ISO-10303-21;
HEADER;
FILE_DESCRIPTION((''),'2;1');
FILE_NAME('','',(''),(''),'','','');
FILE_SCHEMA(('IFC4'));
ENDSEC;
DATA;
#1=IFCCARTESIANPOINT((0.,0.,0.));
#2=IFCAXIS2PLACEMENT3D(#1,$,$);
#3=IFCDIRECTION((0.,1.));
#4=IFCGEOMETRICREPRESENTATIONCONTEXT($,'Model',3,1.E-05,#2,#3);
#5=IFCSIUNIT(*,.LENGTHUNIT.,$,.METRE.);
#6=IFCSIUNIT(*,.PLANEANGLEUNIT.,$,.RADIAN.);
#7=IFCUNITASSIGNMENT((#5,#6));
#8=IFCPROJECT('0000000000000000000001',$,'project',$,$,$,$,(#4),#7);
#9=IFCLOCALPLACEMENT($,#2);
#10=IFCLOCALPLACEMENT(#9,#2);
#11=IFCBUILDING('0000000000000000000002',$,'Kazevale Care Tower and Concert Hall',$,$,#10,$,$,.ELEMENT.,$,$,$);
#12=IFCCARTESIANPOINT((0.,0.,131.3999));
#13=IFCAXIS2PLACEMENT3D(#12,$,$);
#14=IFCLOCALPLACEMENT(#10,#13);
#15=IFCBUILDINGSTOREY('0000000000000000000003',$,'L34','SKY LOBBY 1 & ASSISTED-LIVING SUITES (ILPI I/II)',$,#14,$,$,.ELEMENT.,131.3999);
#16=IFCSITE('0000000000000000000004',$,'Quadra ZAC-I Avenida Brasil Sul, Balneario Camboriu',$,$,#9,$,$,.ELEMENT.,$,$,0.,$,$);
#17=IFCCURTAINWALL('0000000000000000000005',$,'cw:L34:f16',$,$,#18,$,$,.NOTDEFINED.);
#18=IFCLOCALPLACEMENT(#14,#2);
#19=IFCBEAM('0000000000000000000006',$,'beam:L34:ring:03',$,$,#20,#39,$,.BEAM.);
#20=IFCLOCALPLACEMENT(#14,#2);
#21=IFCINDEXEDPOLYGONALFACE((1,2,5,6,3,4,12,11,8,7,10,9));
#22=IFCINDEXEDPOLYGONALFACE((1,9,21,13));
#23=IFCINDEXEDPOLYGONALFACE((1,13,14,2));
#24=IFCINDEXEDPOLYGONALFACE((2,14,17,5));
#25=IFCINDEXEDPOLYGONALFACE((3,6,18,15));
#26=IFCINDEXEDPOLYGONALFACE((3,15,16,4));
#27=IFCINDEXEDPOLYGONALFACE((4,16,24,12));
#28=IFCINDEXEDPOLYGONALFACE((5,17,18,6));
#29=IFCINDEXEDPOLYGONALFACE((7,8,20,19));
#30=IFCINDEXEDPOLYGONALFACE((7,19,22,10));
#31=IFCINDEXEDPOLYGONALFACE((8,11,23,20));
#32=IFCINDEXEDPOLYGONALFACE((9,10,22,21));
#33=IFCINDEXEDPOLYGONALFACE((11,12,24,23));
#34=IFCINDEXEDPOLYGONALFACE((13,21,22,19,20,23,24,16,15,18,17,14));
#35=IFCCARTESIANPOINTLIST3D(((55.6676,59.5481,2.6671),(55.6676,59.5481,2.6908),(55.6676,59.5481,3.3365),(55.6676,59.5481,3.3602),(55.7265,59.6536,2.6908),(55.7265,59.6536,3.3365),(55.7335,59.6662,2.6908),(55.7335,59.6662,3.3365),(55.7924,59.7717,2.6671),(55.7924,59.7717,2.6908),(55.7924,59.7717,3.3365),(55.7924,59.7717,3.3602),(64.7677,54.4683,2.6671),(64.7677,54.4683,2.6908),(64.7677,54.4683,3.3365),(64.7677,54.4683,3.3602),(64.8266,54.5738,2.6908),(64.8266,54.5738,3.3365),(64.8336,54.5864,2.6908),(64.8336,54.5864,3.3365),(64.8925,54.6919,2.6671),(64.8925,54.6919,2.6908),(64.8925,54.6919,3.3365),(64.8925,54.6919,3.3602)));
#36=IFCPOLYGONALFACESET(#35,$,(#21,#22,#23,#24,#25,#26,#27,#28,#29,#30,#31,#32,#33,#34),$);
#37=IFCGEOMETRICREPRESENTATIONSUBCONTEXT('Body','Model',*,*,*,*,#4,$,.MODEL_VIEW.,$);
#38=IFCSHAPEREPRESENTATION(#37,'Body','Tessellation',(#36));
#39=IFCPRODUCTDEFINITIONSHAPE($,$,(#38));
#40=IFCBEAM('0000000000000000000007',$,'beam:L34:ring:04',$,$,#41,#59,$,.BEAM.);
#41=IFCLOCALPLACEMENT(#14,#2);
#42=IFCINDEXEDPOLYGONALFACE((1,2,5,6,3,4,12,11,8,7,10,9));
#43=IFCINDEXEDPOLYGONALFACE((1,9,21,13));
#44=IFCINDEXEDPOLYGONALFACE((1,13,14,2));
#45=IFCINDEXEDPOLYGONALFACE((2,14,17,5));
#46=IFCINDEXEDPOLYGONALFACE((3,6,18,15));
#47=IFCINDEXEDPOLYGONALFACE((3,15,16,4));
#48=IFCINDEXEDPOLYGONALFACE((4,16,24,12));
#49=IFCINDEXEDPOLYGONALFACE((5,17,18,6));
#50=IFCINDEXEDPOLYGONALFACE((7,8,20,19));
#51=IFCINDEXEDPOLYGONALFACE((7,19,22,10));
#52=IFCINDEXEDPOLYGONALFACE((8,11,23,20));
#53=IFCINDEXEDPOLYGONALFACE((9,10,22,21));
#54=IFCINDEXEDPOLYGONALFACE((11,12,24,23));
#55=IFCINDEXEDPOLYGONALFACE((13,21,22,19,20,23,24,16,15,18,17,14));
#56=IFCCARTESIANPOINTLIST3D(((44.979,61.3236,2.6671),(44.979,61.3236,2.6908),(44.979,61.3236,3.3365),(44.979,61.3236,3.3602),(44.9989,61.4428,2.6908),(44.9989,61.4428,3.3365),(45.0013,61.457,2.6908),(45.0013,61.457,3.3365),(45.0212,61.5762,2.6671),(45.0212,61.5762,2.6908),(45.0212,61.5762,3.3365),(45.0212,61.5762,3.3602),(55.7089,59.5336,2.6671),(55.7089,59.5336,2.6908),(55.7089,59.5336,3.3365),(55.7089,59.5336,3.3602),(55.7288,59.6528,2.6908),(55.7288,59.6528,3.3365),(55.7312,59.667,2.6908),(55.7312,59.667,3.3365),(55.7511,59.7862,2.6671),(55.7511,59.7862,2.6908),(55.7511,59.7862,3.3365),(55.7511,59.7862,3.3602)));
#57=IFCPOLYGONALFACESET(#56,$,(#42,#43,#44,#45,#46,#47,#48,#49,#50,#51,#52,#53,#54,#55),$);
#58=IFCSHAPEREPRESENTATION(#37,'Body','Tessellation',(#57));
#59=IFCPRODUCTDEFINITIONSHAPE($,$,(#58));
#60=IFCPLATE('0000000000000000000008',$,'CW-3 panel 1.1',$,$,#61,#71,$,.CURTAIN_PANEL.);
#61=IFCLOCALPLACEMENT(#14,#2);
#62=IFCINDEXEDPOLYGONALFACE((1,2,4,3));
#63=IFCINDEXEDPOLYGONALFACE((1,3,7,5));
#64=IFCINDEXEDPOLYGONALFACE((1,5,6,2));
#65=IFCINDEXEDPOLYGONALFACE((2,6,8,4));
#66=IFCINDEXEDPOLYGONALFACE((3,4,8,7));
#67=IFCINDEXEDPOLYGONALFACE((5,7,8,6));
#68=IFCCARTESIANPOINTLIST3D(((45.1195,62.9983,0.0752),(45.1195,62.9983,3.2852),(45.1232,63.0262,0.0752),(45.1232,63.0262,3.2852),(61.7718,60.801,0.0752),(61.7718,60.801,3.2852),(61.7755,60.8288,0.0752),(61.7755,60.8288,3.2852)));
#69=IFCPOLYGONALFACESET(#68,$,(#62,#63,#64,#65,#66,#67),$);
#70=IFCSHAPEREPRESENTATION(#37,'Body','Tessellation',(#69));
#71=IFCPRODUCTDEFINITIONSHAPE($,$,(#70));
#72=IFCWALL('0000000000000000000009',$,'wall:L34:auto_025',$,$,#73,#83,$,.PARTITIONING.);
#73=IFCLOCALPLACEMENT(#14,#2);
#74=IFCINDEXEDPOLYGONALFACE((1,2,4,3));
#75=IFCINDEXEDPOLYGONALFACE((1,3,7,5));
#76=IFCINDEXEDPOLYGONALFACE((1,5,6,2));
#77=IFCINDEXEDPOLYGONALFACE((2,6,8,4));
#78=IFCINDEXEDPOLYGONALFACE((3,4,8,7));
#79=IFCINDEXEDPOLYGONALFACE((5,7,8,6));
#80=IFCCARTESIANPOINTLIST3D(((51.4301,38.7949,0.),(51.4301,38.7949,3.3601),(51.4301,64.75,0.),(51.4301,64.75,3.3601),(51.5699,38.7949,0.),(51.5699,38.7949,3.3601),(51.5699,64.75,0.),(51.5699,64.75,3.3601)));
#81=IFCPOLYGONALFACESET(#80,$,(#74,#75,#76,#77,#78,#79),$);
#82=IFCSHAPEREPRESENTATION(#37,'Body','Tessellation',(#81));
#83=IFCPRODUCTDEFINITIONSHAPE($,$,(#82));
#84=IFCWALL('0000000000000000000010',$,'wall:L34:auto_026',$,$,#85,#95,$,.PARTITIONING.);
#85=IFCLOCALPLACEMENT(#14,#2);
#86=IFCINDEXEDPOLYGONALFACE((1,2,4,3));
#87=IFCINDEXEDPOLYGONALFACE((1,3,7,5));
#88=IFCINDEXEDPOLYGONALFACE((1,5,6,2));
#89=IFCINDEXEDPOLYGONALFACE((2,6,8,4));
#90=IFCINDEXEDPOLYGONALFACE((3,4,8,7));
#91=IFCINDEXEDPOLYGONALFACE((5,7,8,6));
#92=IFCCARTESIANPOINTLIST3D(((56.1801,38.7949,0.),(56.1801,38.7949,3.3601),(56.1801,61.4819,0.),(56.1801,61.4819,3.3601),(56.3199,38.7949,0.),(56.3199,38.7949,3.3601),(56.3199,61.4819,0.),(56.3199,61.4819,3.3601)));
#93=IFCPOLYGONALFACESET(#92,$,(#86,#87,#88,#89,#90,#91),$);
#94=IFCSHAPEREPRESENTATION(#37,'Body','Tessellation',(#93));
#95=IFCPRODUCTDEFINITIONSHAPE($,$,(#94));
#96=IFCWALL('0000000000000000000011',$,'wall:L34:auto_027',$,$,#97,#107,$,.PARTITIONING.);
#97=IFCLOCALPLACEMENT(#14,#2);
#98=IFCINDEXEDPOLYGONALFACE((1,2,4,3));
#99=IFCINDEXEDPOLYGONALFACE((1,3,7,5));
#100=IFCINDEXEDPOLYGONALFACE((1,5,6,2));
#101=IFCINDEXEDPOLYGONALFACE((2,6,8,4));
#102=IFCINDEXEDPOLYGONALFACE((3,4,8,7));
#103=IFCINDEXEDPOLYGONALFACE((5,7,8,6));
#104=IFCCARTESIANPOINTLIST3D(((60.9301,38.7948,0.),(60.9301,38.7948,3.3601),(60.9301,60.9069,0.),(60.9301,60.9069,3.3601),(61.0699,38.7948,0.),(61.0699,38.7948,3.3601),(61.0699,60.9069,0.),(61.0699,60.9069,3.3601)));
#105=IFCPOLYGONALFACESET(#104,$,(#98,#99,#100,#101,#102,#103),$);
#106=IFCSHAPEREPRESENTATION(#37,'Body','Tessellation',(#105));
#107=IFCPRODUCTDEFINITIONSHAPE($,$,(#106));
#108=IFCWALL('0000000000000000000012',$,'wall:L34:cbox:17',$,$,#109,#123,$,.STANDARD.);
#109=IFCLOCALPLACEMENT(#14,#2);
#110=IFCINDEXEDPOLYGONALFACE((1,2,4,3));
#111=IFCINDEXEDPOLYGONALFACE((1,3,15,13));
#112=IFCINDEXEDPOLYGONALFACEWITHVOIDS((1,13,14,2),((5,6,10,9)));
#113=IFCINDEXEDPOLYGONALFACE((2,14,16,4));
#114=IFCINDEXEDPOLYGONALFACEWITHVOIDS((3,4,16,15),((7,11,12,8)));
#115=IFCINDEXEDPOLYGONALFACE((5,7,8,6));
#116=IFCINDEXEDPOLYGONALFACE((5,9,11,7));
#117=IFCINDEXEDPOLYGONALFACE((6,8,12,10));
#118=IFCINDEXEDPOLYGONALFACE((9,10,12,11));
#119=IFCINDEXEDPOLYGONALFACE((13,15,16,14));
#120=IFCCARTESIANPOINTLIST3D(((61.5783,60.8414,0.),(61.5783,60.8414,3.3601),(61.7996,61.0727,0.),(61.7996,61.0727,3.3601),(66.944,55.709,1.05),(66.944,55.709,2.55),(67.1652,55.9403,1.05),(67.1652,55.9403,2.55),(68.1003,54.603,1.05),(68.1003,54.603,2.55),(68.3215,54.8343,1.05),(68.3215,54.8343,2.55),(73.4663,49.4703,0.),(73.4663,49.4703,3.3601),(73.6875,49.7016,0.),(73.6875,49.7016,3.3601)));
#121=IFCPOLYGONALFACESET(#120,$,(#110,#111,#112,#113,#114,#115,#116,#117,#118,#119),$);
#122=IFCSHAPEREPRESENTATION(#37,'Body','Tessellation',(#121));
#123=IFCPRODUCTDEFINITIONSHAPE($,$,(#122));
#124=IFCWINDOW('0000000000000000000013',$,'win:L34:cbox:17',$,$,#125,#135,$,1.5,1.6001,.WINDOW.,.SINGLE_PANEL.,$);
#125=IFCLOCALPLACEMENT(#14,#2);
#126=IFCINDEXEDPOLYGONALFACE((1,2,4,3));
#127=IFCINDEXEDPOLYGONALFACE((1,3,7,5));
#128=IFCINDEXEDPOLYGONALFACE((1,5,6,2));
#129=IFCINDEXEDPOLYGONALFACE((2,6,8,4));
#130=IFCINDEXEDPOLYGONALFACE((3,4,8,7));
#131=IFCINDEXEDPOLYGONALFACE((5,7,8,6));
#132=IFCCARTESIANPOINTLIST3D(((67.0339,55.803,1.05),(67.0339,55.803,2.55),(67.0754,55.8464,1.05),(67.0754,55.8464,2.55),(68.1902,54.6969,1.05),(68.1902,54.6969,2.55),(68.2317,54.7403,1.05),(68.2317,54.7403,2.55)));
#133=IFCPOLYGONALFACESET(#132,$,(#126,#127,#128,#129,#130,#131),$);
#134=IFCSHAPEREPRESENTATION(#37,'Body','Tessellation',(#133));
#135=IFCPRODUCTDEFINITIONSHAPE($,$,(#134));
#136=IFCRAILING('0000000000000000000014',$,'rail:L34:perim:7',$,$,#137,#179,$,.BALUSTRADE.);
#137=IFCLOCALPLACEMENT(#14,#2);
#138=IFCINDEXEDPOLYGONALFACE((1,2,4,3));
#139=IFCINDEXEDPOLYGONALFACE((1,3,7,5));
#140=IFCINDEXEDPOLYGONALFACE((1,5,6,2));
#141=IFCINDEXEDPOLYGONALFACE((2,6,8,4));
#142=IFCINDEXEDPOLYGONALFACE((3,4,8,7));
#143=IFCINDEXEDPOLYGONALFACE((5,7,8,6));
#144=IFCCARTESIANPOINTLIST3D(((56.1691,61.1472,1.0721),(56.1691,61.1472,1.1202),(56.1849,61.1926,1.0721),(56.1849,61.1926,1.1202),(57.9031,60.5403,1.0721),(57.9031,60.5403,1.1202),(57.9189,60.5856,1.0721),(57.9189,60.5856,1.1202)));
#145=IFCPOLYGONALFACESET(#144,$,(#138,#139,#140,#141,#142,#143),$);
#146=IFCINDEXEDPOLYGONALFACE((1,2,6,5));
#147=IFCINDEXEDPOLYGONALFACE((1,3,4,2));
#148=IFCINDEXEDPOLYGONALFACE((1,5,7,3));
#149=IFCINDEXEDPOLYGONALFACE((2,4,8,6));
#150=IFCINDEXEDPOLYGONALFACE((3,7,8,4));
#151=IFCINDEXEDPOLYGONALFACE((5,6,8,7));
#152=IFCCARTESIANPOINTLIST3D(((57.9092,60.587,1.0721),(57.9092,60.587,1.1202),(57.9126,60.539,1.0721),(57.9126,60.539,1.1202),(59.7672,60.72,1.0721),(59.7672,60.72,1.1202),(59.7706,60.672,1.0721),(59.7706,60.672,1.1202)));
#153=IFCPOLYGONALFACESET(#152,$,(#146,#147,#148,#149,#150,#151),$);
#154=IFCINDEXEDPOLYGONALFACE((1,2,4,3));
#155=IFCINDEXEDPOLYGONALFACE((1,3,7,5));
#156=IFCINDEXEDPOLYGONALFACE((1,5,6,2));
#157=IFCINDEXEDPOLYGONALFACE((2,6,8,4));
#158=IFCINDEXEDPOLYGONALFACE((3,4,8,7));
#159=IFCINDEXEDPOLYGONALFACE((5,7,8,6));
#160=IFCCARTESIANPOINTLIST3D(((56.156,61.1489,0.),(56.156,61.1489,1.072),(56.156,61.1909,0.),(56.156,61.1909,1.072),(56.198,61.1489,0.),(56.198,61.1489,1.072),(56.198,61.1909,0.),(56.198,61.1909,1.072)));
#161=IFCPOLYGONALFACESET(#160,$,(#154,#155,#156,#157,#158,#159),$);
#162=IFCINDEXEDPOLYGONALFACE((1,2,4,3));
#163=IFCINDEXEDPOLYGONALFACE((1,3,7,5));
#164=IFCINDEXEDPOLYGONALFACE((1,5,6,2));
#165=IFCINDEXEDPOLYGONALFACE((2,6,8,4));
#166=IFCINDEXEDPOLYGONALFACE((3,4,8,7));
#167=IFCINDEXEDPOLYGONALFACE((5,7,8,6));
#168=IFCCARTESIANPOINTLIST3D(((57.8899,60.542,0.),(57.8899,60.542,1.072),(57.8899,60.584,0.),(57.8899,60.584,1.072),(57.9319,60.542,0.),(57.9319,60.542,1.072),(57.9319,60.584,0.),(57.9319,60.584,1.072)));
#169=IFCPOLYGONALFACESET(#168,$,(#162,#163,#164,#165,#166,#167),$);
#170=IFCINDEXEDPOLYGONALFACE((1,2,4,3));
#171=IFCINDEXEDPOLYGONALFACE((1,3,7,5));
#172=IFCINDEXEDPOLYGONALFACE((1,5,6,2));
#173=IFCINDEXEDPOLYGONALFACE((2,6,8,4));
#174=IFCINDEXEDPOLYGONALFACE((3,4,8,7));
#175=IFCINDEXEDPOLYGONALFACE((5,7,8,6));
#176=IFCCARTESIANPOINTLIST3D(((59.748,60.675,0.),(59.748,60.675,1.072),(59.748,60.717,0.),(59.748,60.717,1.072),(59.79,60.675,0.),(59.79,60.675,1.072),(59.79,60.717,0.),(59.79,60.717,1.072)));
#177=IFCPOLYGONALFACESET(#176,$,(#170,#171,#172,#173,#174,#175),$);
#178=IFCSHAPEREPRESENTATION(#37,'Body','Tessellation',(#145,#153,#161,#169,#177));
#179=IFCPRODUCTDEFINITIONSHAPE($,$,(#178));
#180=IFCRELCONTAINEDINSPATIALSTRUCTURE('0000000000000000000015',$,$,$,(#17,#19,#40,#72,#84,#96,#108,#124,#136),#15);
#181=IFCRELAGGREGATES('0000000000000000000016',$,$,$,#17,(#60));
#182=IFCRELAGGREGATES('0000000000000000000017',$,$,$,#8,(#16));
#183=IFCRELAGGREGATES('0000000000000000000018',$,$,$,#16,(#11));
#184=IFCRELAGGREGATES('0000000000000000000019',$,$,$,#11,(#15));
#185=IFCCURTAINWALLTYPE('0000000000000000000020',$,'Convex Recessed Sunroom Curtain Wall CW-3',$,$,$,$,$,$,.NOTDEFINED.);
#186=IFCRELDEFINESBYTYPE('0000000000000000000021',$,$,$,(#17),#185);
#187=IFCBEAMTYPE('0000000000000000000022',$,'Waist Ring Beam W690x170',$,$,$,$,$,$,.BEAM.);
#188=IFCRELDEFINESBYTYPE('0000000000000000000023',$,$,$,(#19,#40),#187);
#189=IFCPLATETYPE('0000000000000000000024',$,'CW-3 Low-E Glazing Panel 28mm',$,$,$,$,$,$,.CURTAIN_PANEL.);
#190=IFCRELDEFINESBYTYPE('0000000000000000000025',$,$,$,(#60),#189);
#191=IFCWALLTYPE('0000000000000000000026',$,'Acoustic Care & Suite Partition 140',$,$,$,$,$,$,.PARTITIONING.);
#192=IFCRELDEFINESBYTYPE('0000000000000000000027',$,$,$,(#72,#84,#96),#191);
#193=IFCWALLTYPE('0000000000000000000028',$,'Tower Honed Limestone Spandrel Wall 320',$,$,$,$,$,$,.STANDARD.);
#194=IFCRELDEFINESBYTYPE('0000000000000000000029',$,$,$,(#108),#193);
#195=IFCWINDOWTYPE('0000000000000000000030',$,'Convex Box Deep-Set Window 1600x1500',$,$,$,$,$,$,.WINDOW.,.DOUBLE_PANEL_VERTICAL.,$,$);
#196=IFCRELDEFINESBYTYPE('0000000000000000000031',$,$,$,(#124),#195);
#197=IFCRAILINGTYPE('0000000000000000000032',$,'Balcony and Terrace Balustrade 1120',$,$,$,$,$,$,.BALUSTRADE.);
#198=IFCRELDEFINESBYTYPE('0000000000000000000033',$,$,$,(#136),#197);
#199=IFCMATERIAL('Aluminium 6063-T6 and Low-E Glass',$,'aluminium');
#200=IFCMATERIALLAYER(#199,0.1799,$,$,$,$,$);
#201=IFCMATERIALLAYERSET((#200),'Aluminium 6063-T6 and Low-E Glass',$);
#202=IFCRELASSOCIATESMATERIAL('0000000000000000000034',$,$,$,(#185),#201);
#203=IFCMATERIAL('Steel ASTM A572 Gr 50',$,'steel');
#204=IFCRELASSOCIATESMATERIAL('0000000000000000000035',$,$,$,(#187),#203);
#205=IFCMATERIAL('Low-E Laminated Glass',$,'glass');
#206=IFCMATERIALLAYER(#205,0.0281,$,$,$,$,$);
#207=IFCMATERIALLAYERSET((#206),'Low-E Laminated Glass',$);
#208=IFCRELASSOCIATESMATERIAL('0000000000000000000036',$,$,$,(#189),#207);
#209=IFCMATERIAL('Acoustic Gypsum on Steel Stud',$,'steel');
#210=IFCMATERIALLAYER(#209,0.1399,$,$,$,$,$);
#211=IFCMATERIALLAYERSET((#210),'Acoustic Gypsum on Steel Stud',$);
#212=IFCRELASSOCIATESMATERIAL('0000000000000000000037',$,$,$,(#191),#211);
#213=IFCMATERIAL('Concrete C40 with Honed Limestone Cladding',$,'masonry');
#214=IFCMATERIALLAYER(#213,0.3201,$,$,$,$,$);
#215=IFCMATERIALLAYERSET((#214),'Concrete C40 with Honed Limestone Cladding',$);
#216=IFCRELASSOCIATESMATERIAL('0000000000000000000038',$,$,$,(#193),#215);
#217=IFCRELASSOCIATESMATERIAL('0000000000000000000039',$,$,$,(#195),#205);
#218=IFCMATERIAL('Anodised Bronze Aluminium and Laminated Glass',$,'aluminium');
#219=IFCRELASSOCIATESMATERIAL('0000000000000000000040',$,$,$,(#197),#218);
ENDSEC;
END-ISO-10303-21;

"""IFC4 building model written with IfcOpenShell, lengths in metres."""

from ifc_helpers import new_model, si_unit, direction, frame, frame_2d, origin, origin_2d, place, context, subcontext, project, spatial, rectangle, i_section, extrude, material, layer, layer_set, material_profile, profile_set, type_object, element, fill, aggregate, save


model = new_model("IFC4")

# Units and contexts
model_context = context("Model", 3, precision=1e-05, world=origin(), true_north=direction((0.0, 1.0)))
body_context = subcontext(model_context, "Body", "Model", "MODEL_VIEW")
ifc_project = project(units=[si_unit("LENGTHUNIT", "METRE"), si_unit("PLANEANGLEUNIT", "RADIAN")], contexts=[model_context])

# Site, building, storey
site_placement = place(None, origin())
site = spatial("IfcSite", under=ifc_project, at=site_placement, Name="Quadra ZAC-I Avenida Brasil Sul, Balneario Camboriu", CompositionType="ELEMENT", RefElevation=0.0)
building_placement = place(site_placement, origin())
building = spatial("IfcBuilding", under=site, at=building_placement, Name="Kazevale Care Tower and Concert Hall", CompositionType="ELEMENT")
storey_placement = place(building_placement, frame((0.0, 0.0, 131.3999)))
storey = spatial("IfcBuildingStorey", under=building, at=storey_placement, Name="L34", Description="SKY LOBBY 1 & ASSISTED-LIVING SUITES (ILPI I/II)", CompositionType="ELEMENT", Elevation=131.3999)

# Curtain wall
ifc_material_1 = material(Name="Aluminium 6063-T6 and Low-E Glass", Category="aluminium")
ifc_layer_1 = layer(ifc_material_1, 0.1799)
ifc_layer_set_1 = layer_set([ifc_layer_1], Name="Aluminium 6063-T6 and Low-E Glass")
curtain_wall_type_1 = type_object("IfcCurtainWallType", Name="Convex Recessed Sunroom Curtain Wall CW-3", PredefinedType="NOTDEFINED", material=ifc_layer_set_1)
curtain_wall_1_placement = place(storey_placement, origin())
curtain_wall_1 = element("IfcCurtainWall", 1, at=curtain_wall_1_placement, inside=storey, type_object=curtain_wall_type_1, Name="cw:L34:f16", PredefinedType="NOTDEFINED")

# Beams
ifc_material_2 = material(Name="Steel ASTM A572 Gr 50", Category="steel")
ifc_material_profile_1 = material_profile(ifc_material_2, i_section(OverallWidth=0.2561, OverallDepth=0.6931, WebThickness=0.0144, FlangeThickness=0.0237, at=origin_2d()), Name="W690x170")
ifc_profile_set_1 = profile_set([ifc_material_profile_1], Name="Steel ASTM A572 Gr 50")
beam_type = type_object("IfcBeamType", Name="Waist Ring Beam W690x170", PredefinedType="BEAM", material=ifc_profile_set_1)
beam_1_placement = place(storey_placement, frame((64.8301, 54.5801, 3.0137), z_axis=(-0.873169, 0.487418, 0.0), x_axis=(-0.487418, -0.873169, 0.0)))
element("IfcBeam", 2, at=beam_1_placement, inside=storey, type_object=beam_type, Name="beam:L34:ring:03", PredefinedType="BEAM", context=body_context, shape_type="SweptSolid", body=[
    extrude(i_section(OverallWidth=0.2561, OverallDepth=0.6931, WebThickness=0.0144, FlangeThickness=0.0237, at=origin_2d()), origin(), (0.0, 0.0, 1.0), 10.4219),
])
beam_2_placement = place(storey_placement, frame((55.73, 59.6599, 3.0137), z_axis=(-0.986368, 0.164552, 0.0), x_axis=(-0.164552, -0.986368, 0.0)))
element("IfcBeam", 3, at=beam_2_placement, inside=storey, type_object=beam_type, Name="beam:L34:ring:04", PredefinedType="BEAM", context=body_context, shape_type="SweptSolid", body=[
    extrude(i_section(OverallWidth=0.2561, OverallDepth=0.6931, WebThickness=0.0144, FlangeThickness=0.0237, at=origin_2d()), origin(), (0.0, 0.0, 1.0), 10.8782),
])

# Plate
ifc_material_3 = material(Name="Low-E Laminated Glass", Category="glass")
ifc_layer_2 = layer(ifc_material_3, 0.0281)
ifc_layer_set_2 = layer_set([ifc_layer_2], Name="Low-E Laminated Glass")
plate_type = type_object("IfcPlateType", Name="CW-3 Low-E Glazing Panel 28mm", PredefinedType="CURTAIN_PANEL", material=ifc_layer_set_2)
plate_placement = place(storey_placement, frame((53.4475, 61.9136, 0.0752), z_axis=(0.0, 0.0, 1.0), x_axis=(0.991406, -0.130822, 0.0)))
plate = element("IfcPlate", 4, at=plate_placement, type_object=plate_type, Name="CW-3 panel 1.1", PredefinedType="CURTAIN_PANEL", context=body_context, shape_type="SweptSolid", body=[
    extrude(rectangle(XDim=16.7966, YDim=0.0281, at=origin_2d()), origin(), (0.0, 0.0, 1.0), 3.21),
])
aggregate(curtain_wall_1, [plate])

# Walls
ifc_material_4 = material(Name="Acoustic Gypsum on Steel Stud", Category="steel")
ifc_layer_3 = layer(ifc_material_4, 0.1399)
ifc_layer_set_3 = layer_set([ifc_layer_3], Name="Acoustic Gypsum on Steel Stud")
wall_type_1 = type_object("IfcWallType", Name="Acoustic Care & Suite Partition 140", PredefinedType="PARTITIONING", material=ifc_layer_set_3)
wall_1_placement = place(storey_placement, frame((51.5, 64.75, 0.0), z_axis=(0.0, 0.0, 1.0), x_axis=(0.0, -1.0, 0.0)))
element("IfcWall", 5, at=wall_1_placement, inside=storey, type_object=wall_type_1, Name="wall:L34:auto_025", PredefinedType="PARTITIONING", context=body_context, shape_type="SweptSolid", body=[
    extrude(rectangle(XDim=25.9551, YDim=0.1399, at=frame_2d((12.9775, 0.0))), origin(), (0.0, 0.0, 1.0), 3.3601),
])
wall_2_placement = place(storey_placement, frame((56.25, 61.4819, 0.0), z_axis=(0.0, 0.0, 1.0), x_axis=(0.0, -1.0, 0.0)))
element("IfcWall", 6, at=wall_2_placement, inside=storey, type_object=wall_type_1, Name="wall:L34:auto_026", PredefinedType="PARTITIONING", context=body_context, shape_type="SweptSolid", body=[
    extrude(rectangle(XDim=22.687, YDim=0.1399, at=frame_2d((11.3435, 0.0))), origin(), (0.0, 0.0, 1.0), 3.3601),
])
wall_3_placement = place(storey_placement, frame((61.0, 60.907, 0.0), z_axis=(0.0, 0.0, 1.0), x_axis=(0.0, -1.0, 0.0)))
element("IfcWall", 7, at=wall_3_placement, inside=storey, type_object=wall_type_1, Name="wall:L34:auto_027", PredefinedType="PARTITIONING", context=body_context, shape_type="SweptSolid", body=[
    extrude(rectangle(XDim=22.1121, YDim=0.1399, at=frame_2d((11.0562, 0.0))), origin(), (0.0, 0.0, 1.0), 3.3601),
])

# Wall, opening, window
ifc_material_5 = material(Name="Concrete C40 with Honed Limestone Cladding", Category="masonry")
ifc_layer_4 = layer(ifc_material_5, 0.3201)
ifc_layer_set_4 = layer_set([ifc_layer_4], Name="Concrete C40 with Honed Limestone Cladding")
wall_type_2 = type_object("IfcWallType", Name="Tower Honed Limestone Spandrel Wall 320", PredefinedType="STANDARD", material=ifc_layer_set_4)
wall_4_placement = place(storey_placement, frame((61.689, 60.957, 0.0), z_axis=(0.0, 0.0, 1.0), x_axis=(0.722641, -0.691223, 0.0)))
wall_4 = element("IfcWall", 8, at=wall_4_placement, inside=storey, type_object=wall_type_2, Name="wall:L34:cbox:17", PredefinedType="STANDARD", context=body_context, shape_type="SweptSolid", body=[
    extrude(rectangle(XDim=16.4507, YDim=0.3201, at=frame_2d((8.2253, 0.0))), origin(), (0.0, 0.0, 1.0), 3.3601),
])
opening_placement = place(wall_4_placement, frame((7.425, 0.0, 1.05)))
opening = element("IfcOpeningElement", 9, at=opening_placement, cuts=wall_4, PredefinedType="OPENING", context=body_context, shape_type="SweptSolid", body=[
    extrude(rectangle(XDim=1.6001, YDim=1.5, at=frame_2d((0.8, 0.75))), frame((0.0, 0.1699, 0.0), z_axis=(0.0, -1.0, 0.0), x_axis=(1.0, 0.0, 0.0)), (0.0, 0.0, 1.0), 0.3401),
])
window_type = type_object("IfcWindowType", Name="Convex Box Deep-Set Window 1600x1500", PartitioningType="DOUBLE_PANEL_VERTICAL", PredefinedType="WINDOW", material=ifc_material_3)
window_placement = place(opening_placement, origin())
window = element("IfcWindow", 10, at=window_placement, inside=storey, type_object=window_type, Name="win:L34:cbox:17", OverallHeight=1.5, OverallWidth=1.6001, PartitioningType="SINGLE_PANEL", PredefinedType="WINDOW", context=body_context, shape_type="SweptSolid", body=[
    extrude(rectangle(XDim=1.6001, YDim=1.5, at=frame_2d((0.8, 0.75))), frame((0.0, 0.03, 0.0), z_axis=(0.0, -1.0, 0.0), x_axis=(1.0, 0.0, 0.0)), (0.0, 0.0, 1.0), 0.0601),
])
fill(opening, window)

# Railing
ifc_material_6 = material(Name="Anodised Bronze Aluminium and Laminated Glass", Category="aluminium")
railing_type = type_object("IfcRailingType", Name="Balcony and Terrace Balustrade 1120", PredefinedType="BALUSTRADE", material=ifc_material_6)
railing_1_placement = place(storey_placement, frame((56.177, 61.1699, 0.0)))
element("IfcRailing", 11, at=railing_1_placement, inside=storey, type_object=railing_type, Name="rail:L34:perim:7", PredefinedType="BALUSTRADE", context=body_context, shape_type="SweptSolid", body=[
    extrude(rectangle(XDim=0.0481, YDim=0.0481, at=origin_2d()), frame((0.0, 0.0, 1.0962), z_axis=(0.943846, -0.330386, 0.0), x_axis=(0.330386, 0.943846, 0.0)), (0.0, 0.0, 1.0), 1.8372),
    extrude(rectangle(XDim=0.0481, YDim=0.0481, at=origin_2d()), frame((1.7339, -0.6069, 1.0962), z_axis=(0.997446, 0.071424, 0.0), x_axis=(-0.071424, 0.997446, 0.0)), (0.0, 0.0, 1.0), 1.8628),
    extrude(rectangle(XDim=0.042, YDim=0.042, at=origin_2d()), origin(), (0.0, 0.0, 1.0), 1.072),
    extrude(rectangle(XDim=0.042, YDim=0.042, at=origin_2d()), frame((1.7339, -0.6069, 0.0)), (0.0, 0.0, 1.0), 1.072),
    extrude(rectangle(XDim=0.042, YDim=0.042, at=origin_2d()), frame((3.592, -0.4739, 0.0)), (0.0, 0.0, 1.0), 1.072),
])

save(model, "model.ifc")
